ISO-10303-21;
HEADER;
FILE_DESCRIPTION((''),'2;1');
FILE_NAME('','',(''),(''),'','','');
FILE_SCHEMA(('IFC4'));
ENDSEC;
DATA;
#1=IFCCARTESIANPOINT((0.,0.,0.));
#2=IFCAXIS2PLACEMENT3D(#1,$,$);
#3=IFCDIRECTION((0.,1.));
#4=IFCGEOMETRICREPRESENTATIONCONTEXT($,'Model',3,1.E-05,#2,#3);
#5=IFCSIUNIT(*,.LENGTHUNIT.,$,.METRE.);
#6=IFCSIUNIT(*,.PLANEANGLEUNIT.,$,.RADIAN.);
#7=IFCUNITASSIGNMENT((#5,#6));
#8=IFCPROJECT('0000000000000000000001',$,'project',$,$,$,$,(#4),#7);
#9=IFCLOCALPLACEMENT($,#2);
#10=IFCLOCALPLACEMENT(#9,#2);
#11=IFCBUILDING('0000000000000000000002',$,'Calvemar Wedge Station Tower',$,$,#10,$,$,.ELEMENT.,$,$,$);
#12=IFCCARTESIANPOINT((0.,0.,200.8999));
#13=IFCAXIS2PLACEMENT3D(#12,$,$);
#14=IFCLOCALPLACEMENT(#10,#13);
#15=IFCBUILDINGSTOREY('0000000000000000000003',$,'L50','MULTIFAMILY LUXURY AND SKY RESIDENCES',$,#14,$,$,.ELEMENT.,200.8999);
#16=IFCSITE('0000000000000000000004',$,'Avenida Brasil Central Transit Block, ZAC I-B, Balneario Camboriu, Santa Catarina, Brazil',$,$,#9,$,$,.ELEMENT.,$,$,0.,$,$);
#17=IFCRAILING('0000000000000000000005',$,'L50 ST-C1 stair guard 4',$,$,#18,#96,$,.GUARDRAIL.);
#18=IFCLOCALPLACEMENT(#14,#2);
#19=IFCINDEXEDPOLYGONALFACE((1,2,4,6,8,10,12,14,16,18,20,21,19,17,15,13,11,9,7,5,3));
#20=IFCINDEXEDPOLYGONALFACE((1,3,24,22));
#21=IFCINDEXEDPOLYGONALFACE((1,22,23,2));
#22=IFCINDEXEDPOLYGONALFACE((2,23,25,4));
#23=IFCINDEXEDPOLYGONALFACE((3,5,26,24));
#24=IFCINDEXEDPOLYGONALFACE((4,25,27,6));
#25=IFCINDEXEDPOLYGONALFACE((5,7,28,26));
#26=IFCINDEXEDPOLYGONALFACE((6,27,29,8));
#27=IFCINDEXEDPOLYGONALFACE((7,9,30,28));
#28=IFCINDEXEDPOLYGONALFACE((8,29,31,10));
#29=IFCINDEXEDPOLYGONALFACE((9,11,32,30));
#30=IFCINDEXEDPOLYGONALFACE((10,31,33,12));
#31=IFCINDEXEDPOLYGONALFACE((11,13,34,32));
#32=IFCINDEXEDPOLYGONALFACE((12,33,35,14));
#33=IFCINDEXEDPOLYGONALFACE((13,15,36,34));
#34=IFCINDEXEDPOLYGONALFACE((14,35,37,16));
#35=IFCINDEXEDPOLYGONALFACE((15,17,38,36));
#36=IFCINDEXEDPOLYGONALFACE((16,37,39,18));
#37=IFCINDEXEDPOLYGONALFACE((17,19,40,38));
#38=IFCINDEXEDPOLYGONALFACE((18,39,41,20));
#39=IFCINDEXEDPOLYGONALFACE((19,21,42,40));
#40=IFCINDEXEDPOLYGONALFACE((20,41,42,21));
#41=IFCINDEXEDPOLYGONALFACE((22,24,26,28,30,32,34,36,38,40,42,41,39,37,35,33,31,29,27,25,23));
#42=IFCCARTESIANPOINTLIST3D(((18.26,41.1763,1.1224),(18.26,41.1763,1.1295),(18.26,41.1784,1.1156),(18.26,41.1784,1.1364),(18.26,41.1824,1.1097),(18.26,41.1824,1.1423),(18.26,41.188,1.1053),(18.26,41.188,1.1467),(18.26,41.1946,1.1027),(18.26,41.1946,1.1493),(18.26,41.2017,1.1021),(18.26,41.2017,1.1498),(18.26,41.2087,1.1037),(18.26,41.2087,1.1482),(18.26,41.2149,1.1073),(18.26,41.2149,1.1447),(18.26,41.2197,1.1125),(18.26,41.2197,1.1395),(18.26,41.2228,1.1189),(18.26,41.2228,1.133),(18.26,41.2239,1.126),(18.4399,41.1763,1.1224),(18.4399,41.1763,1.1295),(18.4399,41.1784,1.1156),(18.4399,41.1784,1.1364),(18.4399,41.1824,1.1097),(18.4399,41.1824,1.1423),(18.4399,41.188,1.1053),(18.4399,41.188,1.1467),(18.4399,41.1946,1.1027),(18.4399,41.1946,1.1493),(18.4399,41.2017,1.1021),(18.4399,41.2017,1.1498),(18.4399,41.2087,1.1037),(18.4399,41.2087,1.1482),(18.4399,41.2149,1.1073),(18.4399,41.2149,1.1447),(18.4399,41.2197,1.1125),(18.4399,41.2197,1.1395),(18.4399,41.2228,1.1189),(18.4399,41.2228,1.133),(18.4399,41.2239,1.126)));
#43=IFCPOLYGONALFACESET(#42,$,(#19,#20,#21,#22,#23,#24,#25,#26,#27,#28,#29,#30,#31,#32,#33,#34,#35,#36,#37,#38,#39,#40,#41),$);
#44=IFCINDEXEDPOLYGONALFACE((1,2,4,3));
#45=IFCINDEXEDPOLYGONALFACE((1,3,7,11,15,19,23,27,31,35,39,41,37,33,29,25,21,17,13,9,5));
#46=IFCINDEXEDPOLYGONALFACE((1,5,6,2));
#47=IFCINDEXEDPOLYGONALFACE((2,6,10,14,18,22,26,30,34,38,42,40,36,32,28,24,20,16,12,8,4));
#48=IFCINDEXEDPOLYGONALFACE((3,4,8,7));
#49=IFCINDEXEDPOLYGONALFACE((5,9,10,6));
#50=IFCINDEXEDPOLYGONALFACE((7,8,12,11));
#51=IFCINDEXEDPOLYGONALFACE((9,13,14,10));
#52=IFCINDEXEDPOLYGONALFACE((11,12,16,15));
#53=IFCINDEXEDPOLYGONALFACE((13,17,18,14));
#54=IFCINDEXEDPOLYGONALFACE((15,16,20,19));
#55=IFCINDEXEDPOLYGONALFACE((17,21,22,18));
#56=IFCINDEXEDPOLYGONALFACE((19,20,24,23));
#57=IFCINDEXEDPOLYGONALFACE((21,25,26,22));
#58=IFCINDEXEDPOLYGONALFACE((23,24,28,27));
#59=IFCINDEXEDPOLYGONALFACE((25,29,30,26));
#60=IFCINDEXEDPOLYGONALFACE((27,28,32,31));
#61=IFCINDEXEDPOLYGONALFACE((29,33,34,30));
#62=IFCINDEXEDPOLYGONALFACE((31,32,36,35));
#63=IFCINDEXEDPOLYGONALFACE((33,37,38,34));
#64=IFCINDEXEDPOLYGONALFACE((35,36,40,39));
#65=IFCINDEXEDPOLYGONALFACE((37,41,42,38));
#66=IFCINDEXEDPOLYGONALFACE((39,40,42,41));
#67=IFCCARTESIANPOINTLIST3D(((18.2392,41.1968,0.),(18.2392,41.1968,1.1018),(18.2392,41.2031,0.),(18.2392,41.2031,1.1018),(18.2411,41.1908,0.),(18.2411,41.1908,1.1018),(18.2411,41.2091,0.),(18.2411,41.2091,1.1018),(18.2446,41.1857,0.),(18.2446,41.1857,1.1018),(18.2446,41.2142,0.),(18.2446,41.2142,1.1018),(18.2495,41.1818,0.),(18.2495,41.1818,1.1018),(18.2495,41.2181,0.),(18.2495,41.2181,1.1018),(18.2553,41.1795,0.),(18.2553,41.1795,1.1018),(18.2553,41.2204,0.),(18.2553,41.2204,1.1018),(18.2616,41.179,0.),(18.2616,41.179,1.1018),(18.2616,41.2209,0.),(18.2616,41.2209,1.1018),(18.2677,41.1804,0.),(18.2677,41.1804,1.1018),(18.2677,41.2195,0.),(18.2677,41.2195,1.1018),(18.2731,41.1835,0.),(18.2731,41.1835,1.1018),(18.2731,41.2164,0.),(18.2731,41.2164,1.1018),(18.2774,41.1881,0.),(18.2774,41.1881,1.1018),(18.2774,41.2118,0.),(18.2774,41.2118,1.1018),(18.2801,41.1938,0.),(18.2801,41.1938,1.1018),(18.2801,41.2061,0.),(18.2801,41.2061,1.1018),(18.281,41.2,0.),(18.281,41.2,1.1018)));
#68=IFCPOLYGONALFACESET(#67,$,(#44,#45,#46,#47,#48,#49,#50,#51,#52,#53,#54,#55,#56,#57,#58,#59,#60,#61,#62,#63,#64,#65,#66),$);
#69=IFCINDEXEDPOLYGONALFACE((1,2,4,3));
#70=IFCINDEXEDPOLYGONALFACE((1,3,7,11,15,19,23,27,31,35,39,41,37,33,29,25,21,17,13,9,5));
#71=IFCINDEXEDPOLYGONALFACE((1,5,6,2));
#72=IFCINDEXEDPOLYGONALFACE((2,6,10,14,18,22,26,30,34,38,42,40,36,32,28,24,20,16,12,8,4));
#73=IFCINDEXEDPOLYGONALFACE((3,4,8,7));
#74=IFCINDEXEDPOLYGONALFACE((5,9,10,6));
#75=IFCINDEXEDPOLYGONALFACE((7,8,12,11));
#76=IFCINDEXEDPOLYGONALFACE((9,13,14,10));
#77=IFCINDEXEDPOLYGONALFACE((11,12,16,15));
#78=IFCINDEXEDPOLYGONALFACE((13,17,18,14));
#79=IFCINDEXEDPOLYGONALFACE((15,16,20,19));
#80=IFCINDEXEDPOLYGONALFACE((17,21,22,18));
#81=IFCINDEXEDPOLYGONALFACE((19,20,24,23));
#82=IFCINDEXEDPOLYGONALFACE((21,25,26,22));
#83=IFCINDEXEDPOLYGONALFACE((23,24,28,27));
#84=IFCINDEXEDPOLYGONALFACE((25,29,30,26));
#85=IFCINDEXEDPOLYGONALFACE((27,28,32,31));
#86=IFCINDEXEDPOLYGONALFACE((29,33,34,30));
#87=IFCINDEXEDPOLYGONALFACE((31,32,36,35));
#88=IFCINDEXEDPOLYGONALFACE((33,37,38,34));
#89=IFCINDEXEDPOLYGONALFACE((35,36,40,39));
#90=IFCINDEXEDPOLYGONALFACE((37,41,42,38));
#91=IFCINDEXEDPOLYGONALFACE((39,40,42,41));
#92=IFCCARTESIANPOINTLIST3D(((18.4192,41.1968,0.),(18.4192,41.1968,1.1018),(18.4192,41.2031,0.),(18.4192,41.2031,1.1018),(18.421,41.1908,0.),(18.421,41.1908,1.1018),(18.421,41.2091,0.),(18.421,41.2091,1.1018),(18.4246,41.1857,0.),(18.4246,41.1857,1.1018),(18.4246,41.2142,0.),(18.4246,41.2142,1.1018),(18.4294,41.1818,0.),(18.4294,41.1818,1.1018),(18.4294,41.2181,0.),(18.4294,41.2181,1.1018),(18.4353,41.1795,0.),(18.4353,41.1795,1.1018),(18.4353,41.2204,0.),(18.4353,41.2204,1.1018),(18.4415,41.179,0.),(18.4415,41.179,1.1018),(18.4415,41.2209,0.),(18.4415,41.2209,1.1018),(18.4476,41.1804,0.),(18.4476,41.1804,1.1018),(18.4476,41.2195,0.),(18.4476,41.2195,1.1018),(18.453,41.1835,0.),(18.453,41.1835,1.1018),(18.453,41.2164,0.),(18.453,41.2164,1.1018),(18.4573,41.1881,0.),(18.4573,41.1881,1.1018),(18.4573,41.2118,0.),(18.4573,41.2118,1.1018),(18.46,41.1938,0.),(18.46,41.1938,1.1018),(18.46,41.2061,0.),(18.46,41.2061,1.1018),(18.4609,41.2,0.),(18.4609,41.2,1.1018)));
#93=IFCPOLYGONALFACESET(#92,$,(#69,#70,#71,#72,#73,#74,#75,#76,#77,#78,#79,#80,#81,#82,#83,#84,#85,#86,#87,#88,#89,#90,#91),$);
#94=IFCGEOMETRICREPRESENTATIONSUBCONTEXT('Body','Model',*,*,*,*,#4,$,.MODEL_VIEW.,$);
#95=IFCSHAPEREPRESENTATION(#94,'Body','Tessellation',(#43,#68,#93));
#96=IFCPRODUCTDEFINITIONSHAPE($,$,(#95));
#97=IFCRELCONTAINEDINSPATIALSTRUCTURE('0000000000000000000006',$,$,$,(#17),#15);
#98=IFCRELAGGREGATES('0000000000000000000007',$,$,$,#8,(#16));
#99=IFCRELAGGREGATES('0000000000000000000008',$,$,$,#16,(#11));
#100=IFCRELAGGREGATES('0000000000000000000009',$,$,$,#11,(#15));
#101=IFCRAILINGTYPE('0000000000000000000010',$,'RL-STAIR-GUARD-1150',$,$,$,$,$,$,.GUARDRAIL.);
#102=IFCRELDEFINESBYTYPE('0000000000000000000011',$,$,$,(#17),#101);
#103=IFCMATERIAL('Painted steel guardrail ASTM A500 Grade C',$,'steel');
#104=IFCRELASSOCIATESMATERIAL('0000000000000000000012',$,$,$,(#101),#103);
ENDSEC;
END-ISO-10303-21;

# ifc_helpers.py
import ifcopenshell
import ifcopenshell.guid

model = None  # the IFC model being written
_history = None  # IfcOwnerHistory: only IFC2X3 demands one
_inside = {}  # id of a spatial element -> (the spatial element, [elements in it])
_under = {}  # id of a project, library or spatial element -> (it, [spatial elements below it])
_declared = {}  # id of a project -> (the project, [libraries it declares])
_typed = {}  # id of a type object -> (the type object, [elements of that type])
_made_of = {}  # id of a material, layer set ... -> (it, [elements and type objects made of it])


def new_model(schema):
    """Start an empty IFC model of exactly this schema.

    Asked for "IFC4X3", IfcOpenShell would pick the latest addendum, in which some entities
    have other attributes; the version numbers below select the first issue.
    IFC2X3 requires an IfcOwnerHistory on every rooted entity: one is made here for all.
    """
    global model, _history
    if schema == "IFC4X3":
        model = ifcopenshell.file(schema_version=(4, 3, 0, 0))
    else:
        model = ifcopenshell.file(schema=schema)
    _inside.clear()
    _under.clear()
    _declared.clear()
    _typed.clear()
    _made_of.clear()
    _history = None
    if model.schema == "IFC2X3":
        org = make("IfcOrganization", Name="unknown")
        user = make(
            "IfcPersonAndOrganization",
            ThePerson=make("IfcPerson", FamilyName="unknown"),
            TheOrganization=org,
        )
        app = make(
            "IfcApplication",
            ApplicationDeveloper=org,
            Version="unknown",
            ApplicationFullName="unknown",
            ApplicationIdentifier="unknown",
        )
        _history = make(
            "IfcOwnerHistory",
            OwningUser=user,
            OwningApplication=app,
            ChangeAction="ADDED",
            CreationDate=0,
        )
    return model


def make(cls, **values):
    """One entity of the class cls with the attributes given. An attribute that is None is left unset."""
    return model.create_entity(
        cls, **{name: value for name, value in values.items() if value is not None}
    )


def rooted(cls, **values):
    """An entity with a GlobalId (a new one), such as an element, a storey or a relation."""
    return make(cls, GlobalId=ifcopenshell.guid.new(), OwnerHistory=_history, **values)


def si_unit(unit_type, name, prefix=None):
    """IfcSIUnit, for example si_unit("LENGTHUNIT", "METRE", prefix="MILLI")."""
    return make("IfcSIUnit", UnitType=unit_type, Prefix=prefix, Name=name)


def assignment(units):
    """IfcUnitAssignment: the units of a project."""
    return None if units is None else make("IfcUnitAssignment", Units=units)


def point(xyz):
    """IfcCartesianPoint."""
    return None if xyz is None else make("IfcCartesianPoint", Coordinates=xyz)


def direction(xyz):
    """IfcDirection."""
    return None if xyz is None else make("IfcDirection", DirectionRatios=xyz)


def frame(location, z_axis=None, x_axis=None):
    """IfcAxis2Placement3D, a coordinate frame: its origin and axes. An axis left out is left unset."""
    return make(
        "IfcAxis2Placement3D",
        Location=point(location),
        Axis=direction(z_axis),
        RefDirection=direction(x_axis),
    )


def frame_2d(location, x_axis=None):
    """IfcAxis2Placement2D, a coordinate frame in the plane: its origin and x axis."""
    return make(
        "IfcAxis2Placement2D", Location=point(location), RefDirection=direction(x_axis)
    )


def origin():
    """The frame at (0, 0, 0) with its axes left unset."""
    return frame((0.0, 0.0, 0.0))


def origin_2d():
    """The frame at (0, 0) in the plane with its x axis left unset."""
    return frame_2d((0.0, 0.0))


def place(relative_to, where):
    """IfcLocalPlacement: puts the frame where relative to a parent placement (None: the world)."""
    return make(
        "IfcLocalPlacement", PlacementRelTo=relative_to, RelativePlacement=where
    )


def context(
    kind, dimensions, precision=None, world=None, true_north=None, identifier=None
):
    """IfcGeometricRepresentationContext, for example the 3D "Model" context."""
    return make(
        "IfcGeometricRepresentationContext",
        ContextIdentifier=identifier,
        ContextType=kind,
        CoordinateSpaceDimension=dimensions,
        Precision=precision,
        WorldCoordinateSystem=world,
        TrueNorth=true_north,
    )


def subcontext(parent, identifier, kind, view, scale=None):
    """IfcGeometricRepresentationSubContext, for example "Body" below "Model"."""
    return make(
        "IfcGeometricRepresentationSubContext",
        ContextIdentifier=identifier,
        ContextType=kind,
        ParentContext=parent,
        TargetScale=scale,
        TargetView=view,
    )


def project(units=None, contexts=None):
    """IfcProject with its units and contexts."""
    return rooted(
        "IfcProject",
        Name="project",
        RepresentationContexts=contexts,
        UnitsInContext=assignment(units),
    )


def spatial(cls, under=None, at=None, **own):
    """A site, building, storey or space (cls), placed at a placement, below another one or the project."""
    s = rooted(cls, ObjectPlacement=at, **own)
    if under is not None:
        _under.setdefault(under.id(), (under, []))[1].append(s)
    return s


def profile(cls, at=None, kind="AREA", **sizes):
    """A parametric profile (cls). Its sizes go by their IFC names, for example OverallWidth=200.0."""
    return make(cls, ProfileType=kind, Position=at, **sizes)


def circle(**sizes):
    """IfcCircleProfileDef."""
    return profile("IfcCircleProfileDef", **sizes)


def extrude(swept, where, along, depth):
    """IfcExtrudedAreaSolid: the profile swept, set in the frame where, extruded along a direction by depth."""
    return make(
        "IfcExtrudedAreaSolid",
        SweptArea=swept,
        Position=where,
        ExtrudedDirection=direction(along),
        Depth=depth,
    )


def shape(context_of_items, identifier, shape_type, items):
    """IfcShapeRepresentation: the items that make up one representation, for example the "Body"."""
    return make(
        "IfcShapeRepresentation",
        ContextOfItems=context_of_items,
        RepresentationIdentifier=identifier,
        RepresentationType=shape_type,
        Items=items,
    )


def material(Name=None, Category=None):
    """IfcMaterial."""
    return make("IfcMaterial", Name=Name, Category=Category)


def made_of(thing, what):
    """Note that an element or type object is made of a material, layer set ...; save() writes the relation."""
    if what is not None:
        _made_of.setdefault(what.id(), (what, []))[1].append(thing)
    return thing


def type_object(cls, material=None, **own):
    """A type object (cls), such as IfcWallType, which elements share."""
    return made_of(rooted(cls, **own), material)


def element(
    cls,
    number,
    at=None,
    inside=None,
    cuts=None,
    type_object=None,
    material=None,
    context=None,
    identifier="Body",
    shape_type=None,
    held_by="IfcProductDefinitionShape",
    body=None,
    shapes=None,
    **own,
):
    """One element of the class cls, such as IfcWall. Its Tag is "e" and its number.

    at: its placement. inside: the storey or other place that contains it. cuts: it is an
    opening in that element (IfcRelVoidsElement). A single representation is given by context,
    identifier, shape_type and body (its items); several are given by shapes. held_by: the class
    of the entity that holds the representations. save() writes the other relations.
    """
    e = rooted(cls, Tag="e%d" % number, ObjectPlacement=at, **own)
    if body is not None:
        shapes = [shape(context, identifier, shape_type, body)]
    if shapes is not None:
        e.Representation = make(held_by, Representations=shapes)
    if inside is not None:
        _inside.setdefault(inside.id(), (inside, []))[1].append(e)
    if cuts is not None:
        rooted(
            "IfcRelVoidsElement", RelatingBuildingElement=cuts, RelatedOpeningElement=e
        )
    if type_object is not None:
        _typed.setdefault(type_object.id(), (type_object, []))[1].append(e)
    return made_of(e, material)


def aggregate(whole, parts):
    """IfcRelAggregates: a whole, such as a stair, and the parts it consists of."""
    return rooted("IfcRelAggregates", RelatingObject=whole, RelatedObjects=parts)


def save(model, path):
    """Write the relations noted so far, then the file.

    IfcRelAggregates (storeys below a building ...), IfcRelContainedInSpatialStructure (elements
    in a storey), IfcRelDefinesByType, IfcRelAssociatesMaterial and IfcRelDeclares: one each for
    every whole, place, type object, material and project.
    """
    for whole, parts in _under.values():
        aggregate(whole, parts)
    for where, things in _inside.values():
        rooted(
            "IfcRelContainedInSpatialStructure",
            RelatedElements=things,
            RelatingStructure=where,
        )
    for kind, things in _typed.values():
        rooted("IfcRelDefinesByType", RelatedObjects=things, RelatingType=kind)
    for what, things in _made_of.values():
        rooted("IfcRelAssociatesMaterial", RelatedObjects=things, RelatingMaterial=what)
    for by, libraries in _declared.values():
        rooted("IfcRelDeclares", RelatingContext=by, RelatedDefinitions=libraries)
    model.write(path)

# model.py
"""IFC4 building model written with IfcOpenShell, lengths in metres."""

from ifc_helpers import new_model, si_unit, direction, frame, origin, origin_2d, place, context, subcontext, project, spatial, circle, extrude, material, type_object, element, save


model = new_model("IFC4")

# Units and contexts
model_context = context("Model", 3, precision=1e-05, world=origin(), true_north=direction((0.0, 1.0)))
body_context = subcontext(model_context, "Body", "Model", "MODEL_VIEW")
ifc_project = project(units=[si_unit("LENGTHUNIT", "METRE"), si_unit("PLANEANGLEUNIT", "RADIAN")], contexts=[model_context])

# Site, building, storey
site_placement = place(None, origin())
site = spatial("IfcSite", under=ifc_project, at=site_placement, Name="Avenida Brasil Central Transit Block, ZAC I-B, Balneario Camboriu, Santa Catarina, Brazil", CompositionType="ELEMENT", RefElevation=0.0)
building_placement = place(site_placement, origin())
building = spatial("IfcBuilding", under=site, at=building_placement, Name="Calvemar Wedge Station Tower", CompositionType="ELEMENT")
storey_placement = place(building_placement, frame((0.0, 0.0, 200.8999)))
storey = spatial("IfcBuildingStorey", under=building, at=storey_placement, Name="L50", Description="MULTIFAMILY LUXURY AND SKY RESIDENCES", CompositionType="ELEMENT", Elevation=200.8999)

# Railing
ifc_material_1 = material(Name="Painted steel guardrail ASTM A500 Grade C", Category="steel")
railing_type_1 = type_object("IfcRailingType", Name="RL-STAIR-GUARD-1150", PredefinedType="GUARDRAIL", material=ifc_material_1)
railing_1_placement = place(storey_placement, frame((18.26, 41.2, 0.0)))
element("IfcRailing", 1, at=railing_1_placement, inside=storey, type_object=railing_type_1, Name="L50 ST-C1 stair guard 4", PredefinedType="GUARDRAIL", context=body_context, shape_type="SweptSolid", body=[
    extrude(circle(Radius=0.0239, at=origin_2d()), frame((0.0, 0.0, 1.126), z_axis=(1.0, 0.0, 0.0), x_axis=(0.0, 1.0, 0.0)), (0.0, 0.0, 1.0), 0.1799),
    extrude(circle(Radius=0.021, at=origin_2d()), origin(), (0.0, 0.0, 1.0), 1.1018),
    extrude(circle(Radius=0.021, at=origin_2d()), frame((0.1799, 0.0, 0.0)), (0.0, 0.0, 1.0), 1.1018),
])

save(model, "model.ifc")
